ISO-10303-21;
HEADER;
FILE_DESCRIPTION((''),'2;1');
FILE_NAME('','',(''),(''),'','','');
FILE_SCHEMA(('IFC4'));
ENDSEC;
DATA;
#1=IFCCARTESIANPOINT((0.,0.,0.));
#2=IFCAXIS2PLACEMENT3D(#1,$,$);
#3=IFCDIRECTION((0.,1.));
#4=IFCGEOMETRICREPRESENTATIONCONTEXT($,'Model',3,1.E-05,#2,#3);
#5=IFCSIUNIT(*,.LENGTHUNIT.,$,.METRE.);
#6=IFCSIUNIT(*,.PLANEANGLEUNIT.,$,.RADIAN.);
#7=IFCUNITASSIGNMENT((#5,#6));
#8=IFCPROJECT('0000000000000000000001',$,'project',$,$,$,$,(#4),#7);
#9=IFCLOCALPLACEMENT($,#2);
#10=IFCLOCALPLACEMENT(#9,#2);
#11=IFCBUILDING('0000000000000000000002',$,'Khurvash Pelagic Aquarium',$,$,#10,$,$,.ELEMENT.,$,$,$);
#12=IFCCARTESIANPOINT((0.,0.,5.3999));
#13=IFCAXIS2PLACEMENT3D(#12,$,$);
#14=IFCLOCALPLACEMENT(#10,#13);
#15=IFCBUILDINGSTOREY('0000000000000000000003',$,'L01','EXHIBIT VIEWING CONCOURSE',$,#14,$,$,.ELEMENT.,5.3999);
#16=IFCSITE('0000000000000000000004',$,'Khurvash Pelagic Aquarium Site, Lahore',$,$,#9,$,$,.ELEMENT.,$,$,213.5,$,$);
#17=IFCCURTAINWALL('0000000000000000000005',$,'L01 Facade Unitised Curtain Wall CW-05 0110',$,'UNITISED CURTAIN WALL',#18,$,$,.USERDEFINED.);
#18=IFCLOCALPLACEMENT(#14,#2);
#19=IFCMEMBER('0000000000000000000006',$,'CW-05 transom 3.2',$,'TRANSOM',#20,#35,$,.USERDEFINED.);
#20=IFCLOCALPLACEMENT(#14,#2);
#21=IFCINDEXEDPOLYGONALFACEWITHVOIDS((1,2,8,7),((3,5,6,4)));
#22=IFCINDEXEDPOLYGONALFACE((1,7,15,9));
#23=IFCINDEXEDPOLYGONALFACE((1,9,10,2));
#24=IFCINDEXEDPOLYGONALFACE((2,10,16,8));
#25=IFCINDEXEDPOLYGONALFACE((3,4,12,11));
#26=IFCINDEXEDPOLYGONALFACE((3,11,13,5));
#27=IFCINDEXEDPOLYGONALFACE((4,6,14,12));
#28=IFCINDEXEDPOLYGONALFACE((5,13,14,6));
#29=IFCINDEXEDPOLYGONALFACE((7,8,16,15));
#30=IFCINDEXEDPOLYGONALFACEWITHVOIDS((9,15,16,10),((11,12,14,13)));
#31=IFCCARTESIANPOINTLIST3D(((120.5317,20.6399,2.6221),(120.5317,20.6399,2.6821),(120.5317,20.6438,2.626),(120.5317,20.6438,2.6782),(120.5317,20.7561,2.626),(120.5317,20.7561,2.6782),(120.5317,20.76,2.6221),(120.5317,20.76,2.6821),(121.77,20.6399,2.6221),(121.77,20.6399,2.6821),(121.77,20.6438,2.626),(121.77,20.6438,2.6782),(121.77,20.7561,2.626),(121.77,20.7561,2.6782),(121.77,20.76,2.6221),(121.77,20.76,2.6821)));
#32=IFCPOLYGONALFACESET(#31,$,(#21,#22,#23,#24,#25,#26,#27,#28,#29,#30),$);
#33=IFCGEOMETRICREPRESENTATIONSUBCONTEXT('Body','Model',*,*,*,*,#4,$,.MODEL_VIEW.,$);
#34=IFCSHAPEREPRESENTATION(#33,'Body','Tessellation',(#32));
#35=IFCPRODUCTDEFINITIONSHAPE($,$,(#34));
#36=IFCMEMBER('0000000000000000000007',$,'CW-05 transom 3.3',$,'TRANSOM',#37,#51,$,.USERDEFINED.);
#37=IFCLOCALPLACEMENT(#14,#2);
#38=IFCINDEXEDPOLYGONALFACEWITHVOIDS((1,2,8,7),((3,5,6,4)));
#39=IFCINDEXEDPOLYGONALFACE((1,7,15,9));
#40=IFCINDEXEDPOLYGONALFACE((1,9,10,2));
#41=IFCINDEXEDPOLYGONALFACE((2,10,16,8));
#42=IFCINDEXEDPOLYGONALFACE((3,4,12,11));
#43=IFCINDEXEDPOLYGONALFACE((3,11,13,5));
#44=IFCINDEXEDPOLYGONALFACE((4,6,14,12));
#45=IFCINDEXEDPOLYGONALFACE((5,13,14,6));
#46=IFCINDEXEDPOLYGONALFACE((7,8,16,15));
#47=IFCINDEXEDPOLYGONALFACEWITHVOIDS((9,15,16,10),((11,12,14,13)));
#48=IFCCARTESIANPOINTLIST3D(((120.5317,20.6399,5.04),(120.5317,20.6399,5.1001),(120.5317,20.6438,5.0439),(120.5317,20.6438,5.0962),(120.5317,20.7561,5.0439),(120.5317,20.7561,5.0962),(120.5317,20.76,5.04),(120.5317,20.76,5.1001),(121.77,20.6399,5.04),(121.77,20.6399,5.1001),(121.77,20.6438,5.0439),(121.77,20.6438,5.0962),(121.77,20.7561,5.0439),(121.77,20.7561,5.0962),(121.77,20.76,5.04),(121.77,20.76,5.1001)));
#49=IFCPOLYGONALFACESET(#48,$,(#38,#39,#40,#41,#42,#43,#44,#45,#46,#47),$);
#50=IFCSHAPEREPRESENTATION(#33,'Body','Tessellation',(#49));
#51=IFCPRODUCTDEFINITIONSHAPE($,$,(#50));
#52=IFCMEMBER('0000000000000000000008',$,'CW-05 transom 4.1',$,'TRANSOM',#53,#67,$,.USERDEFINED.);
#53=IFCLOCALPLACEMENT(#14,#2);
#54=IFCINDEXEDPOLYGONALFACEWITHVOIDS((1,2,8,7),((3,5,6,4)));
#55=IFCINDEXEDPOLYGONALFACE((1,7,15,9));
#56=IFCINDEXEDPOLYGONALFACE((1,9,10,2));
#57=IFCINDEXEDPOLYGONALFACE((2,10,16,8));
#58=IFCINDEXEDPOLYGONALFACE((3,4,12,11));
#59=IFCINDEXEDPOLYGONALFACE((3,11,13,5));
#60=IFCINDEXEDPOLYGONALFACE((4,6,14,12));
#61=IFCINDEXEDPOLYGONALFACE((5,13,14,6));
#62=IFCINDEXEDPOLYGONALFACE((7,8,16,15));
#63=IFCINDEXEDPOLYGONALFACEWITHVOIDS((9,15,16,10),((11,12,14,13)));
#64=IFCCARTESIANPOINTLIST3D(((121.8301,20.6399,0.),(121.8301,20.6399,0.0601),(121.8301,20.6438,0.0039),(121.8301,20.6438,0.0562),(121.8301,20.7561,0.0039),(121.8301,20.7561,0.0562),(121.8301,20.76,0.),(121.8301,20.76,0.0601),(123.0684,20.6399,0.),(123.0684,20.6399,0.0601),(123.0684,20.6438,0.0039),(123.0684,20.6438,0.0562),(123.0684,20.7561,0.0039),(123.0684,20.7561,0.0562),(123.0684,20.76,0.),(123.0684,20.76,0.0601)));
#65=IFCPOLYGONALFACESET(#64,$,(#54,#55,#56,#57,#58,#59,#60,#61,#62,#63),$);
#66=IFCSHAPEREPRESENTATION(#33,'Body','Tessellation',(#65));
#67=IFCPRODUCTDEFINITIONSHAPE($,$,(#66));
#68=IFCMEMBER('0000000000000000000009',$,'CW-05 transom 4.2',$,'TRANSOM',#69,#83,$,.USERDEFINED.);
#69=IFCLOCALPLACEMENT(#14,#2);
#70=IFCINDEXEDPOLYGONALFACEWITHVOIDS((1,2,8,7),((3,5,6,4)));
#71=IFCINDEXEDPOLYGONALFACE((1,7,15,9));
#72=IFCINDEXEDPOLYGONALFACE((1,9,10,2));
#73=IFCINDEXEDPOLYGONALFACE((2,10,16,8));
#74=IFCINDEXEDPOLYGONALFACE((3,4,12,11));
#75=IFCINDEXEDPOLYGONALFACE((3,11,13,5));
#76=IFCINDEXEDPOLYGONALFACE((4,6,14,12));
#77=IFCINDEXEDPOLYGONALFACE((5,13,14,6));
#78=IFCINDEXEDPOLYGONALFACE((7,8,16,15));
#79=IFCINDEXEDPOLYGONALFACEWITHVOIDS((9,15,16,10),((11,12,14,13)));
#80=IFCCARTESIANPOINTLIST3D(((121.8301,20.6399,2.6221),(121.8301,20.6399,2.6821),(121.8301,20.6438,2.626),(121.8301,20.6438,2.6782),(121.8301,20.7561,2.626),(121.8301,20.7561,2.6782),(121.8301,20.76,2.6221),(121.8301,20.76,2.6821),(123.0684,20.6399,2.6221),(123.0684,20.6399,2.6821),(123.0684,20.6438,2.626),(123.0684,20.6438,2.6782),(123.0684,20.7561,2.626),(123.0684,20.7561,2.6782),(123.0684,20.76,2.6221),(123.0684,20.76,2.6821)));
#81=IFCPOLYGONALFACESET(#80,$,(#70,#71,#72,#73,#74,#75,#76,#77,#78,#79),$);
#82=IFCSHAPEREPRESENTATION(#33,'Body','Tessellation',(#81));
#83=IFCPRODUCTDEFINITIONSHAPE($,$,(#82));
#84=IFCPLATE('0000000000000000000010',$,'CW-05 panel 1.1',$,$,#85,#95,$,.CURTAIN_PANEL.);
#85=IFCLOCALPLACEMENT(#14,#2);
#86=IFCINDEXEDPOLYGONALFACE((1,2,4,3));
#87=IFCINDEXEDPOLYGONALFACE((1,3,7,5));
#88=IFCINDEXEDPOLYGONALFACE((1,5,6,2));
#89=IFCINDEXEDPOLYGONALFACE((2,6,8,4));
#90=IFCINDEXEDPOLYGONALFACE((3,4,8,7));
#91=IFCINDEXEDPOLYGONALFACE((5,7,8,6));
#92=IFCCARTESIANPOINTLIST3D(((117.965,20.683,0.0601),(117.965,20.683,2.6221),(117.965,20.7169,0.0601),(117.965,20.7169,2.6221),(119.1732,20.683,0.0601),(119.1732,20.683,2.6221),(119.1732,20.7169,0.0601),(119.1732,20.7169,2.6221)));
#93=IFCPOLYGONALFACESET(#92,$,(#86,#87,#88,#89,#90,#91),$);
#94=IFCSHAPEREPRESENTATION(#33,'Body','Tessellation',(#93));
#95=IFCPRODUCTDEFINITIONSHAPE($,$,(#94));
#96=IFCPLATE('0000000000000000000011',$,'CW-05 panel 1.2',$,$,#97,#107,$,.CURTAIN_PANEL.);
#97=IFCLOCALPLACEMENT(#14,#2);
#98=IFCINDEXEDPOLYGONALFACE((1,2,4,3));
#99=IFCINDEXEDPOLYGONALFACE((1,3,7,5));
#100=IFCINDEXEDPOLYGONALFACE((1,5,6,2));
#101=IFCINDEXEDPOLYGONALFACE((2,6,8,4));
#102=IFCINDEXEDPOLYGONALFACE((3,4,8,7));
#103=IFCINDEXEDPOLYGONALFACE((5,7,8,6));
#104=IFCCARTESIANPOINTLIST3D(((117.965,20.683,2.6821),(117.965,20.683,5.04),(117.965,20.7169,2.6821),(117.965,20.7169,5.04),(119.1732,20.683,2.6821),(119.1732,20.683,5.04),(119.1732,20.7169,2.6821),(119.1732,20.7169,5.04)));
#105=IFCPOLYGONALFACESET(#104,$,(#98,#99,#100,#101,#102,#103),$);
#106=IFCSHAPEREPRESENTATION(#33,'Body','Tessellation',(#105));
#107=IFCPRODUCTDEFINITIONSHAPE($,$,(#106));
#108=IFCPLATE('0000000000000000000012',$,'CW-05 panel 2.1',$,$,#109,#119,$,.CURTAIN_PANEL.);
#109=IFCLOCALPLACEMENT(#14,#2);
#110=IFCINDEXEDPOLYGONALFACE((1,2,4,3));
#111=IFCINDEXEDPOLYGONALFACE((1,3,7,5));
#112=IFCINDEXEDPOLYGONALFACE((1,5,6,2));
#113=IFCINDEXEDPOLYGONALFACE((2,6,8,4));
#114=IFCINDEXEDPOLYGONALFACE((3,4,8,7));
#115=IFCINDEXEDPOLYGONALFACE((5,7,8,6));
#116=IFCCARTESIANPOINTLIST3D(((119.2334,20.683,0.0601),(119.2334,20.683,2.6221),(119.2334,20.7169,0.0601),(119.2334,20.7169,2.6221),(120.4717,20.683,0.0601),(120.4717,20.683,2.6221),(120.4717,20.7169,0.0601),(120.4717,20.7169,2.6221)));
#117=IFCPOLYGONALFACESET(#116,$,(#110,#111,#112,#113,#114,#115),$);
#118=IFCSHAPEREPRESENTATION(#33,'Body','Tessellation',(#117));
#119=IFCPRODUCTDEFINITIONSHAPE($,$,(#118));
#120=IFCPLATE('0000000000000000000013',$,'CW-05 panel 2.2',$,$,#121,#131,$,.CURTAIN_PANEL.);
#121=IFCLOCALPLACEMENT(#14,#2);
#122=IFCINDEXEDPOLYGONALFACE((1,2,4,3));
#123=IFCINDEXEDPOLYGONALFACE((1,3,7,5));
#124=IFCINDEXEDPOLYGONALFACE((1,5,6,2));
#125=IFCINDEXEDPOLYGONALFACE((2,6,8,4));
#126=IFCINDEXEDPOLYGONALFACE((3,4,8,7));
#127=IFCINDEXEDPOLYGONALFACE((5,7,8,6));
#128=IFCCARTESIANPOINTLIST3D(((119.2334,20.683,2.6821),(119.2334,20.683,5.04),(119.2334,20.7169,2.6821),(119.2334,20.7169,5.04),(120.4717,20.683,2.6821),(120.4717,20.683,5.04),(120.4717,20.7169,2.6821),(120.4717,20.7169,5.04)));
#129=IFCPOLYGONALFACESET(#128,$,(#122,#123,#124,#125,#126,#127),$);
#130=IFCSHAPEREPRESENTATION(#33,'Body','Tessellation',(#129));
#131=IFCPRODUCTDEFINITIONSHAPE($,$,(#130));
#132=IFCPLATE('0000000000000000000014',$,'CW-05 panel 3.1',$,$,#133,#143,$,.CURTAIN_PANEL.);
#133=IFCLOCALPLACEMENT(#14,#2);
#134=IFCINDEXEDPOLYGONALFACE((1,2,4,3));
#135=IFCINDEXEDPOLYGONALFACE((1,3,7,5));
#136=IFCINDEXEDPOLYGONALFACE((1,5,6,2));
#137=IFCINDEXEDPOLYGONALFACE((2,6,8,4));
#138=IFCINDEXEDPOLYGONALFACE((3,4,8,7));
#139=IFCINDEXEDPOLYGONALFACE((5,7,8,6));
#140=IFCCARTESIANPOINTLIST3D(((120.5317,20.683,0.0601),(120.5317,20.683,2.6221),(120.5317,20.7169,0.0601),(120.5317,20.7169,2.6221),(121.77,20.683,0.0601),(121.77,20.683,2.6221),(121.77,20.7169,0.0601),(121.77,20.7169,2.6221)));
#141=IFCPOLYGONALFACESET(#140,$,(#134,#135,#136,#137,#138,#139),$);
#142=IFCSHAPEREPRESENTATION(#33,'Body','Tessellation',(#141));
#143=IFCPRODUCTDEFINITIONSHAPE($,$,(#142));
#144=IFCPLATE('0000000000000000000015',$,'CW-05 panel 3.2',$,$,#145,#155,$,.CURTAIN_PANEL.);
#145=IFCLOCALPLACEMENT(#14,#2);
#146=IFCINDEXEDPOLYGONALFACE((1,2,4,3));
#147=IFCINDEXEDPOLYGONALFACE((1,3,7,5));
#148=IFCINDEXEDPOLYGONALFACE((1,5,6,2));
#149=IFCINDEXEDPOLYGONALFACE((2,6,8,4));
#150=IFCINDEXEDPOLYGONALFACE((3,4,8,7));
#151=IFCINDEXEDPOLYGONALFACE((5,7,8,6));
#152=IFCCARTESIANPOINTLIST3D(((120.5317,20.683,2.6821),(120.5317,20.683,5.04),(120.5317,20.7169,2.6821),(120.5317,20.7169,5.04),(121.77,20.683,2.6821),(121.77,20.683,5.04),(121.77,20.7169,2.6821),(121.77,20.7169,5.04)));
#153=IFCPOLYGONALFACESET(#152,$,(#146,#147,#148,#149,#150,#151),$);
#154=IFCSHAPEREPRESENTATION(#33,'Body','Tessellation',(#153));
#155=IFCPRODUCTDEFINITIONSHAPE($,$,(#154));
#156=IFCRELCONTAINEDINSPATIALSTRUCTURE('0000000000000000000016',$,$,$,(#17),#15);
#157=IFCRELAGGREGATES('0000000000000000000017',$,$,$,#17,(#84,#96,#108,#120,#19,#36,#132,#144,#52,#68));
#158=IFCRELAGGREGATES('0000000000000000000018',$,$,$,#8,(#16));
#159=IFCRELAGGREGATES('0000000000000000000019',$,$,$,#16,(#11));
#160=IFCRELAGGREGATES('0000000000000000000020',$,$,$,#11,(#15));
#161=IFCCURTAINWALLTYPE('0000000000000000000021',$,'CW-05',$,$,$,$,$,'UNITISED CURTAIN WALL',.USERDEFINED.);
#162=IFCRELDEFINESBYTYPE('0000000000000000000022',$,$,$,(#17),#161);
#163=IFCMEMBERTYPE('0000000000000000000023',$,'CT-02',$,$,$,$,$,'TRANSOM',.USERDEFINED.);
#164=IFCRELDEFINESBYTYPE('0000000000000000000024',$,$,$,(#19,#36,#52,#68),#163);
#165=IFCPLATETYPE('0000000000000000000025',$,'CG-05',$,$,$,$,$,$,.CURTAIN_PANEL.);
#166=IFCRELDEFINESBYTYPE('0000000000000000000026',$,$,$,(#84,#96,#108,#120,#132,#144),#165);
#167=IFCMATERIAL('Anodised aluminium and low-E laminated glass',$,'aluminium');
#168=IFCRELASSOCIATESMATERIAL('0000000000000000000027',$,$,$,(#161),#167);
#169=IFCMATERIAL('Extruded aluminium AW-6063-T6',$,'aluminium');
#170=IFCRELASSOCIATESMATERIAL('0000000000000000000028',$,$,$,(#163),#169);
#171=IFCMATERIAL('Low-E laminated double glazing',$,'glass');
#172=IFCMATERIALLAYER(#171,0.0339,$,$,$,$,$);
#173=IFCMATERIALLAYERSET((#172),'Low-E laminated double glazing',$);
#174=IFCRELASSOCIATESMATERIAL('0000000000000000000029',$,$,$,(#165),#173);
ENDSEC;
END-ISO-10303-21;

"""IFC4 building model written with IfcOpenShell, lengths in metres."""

from ifc_helpers import new_model, si_unit, direction, frame, origin, origin_2d, place, context, subcontext, project, spatial, rectangle, hollow_rectangle, extrude, material, layer, layer_set, material_profile, profile_set, type_object, element, aggregate, save


model = new_model("IFC4")

# Units and contexts
model_context = context("Model", 3, precision=1e-05, world=origin(), true_north=direction((0.0, 1.0)))
body_context = subcontext(model_context, "Body", "Model", "MODEL_VIEW")
ifc_project = project(units=[si_unit("LENGTHUNIT", "METRE"), si_unit("PLANEANGLEUNIT", "RADIAN")], contexts=[model_context])

# Site, building, storey
site_placement = place(None, origin())
site = spatial("IfcSite", under=ifc_project, at=site_placement, Name="Khurvash Pelagic Aquarium Site, Lahore", CompositionType="ELEMENT", RefElevation=213.5)
building_placement = place(site_placement, origin())
building = spatial("IfcBuilding", under=site, at=building_placement, Name="Khurvash Pelagic Aquarium", CompositionType="ELEMENT")
storey_placement = place(building_placement, frame((0.0, 0.0, 5.3999)))
storey = spatial("IfcBuildingStorey", under=building, at=storey_placement, Name="L01", Description="EXHIBIT VIEWING CONCOURSE", CompositionType="ELEMENT", Elevation=5.3999)

# Curtain wall, members, plates
ifc_material_1 = material(Name="Anodised aluminium and low-E laminated glass", Category="aluminium")
curtain_wall_type = type_object("IfcCurtainWallType", Name="CW-05", ElementType="UNITISED CURTAIN WALL", PredefinedType="USERDEFINED", material=ifc_material_1)
curtain_wall_placement = place(storey_placement, origin())
curtain_wall = element("IfcCurtainWall", 1, at=curtain_wall_placement, inside=storey, type_object=curtain_wall_type, Name="L01 Facade Unitised Curtain Wall CW-05 0110", ObjectType="UNITISED CURTAIN WALL", PredefinedType="USERDEFINED")
ifc_material_2 = material(Name="Extruded aluminium AW-6063-T6", Category="aluminium")
ifc_material_profile_1 = material_profile(ifc_material_2, hollow_rectangle(XDim=0.1201, YDim=0.0601, WallThickness=0.0039, at=origin_2d()), Name="CWT120X60X4")
ifc_profile_set_1 = profile_set([ifc_material_profile_1], Name="Extruded aluminium AW-6063-T6")
member_type_1 = type_object("IfcMemberType", Name="CT-02", ElementType="TRANSOM", PredefinedType="USERDEFINED", material=ifc_profile_set_1)
member_1_placement = place(storey_placement, frame((120.5317, 20.7, 2.6521), z_axis=(1.0, 0.0, 0.0), x_axis=(0.0, 1.0, 0.0)))
member_1 = element("IfcMember", 2, at=member_1_placement, type_object=member_type_1, Name="CW-05 transom 3.2", ObjectType="TRANSOM", PredefinedType="USERDEFINED", context=body_context, shape_type="SweptSolid", body=[
    extrude(hollow_rectangle(XDim=0.1201, YDim=0.0601, WallThickness=0.0039, at=origin_2d()), origin(), (0.0, 0.0, 1.0), 1.2383),
])
member_2_placement = place(storey_placement, frame((120.5317, 20.7, 5.0701), z_axis=(1.0, 0.0, 0.0), x_axis=(0.0, 1.0, 0.0)))
member_2 = element("IfcMember", 3, at=member_2_placement, type_object=member_type_1, Name="CW-05 transom 3.3", ObjectType="TRANSOM", PredefinedType="USERDEFINED", context=body_context, shape_type="SweptSolid", body=[
    extrude(hollow_rectangle(XDim=0.1201, YDim=0.0601, WallThickness=0.0039, at=origin_2d()), origin(), (0.0, 0.0, 1.0), 1.2383),
])
member_3_placement = place(storey_placement, frame((121.8301, 20.7, 0.03), z_axis=(1.0, 0.0, 0.0), x_axis=(0.0, 1.0, 0.0)))
member_3 = element("IfcMember", 4, at=member_3_placement, type_object=member_type_1, Name="CW-05 transom 4.1", ObjectType="TRANSOM", PredefinedType="USERDEFINED", context=body_context, shape_type="SweptSolid", body=[
    extrude(hollow_rectangle(XDim=0.1201, YDim=0.0601, WallThickness=0.0039, at=origin_2d()), origin(), (0.0, 0.0, 1.0), 1.2383),
])
member_4_placement = place(storey_placement, frame((121.8301, 20.7, 2.6521), z_axis=(1.0, 0.0, 0.0), x_axis=(0.0, 1.0, 0.0)))
member_4 = element("IfcMember", 5, at=member_4_placement, type_object=member_type_1, Name="CW-05 transom 4.2", ObjectType="TRANSOM", PredefinedType="USERDEFINED", context=body_context, shape_type="SweptSolid", body=[
    extrude(hollow_rectangle(XDim=0.1201, YDim=0.0601, WallThickness=0.0039, at=origin_2d()), origin(), (0.0, 0.0, 1.0), 1.2383),
])
ifc_material_3 = material(Name="Low-E laminated double glazing", Category="glass")
ifc_layer = layer(ifc_material_3, 0.0339)
ifc_layer_set = layer_set([ifc_layer], Name="Low-E laminated double glazing")
plate_type = type_object("IfcPlateType", Name="CG-05", PredefinedType="CURTAIN_PANEL", material=ifc_layer_set)
plate_1_placement = place(storey_placement, frame((118.5691, 20.7, 0.0601), z_axis=(0.0, 0.0, 1.0), x_axis=(1.0, 0.0, 0.0)))
plate_1 = element("IfcPlate", 6, at=plate_1_placement, type_object=plate_type, Name="CW-05 panel 1.1", PredefinedType="CURTAIN_PANEL", context=body_context, shape_type="SweptSolid", body=[
    extrude(rectangle(XDim=1.2083, YDim=0.0339, at=origin_2d()), origin(), (0.0, 0.0, 1.0), 2.562),
])
plate_2_placement = place(storey_placement, frame((118.5691, 20.7, 2.6821), z_axis=(0.0, 0.0, 1.0), x_axis=(1.0, 0.0, 0.0)))
plate_2 = element("IfcPlate", 7, at=plate_2_placement, type_object=plate_type, Name="CW-05 panel 1.2", PredefinedType="CURTAIN_PANEL", context=body_context, shape_type="SweptSolid", body=[
    extrude(rectangle(XDim=1.2083, YDim=0.0339, at=origin_2d()), origin(), (0.0, 0.0, 1.0), 2.3579),
])
plate_3_placement = place(storey_placement, frame((119.8525, 20.7, 0.0601), z_axis=(0.0, 0.0, 1.0), x_axis=(1.0, 0.0, 0.0)))
plate_3 = element("IfcPlate", 8, at=plate_3_placement, type_object=plate_type, Name="CW-05 panel 2.1", PredefinedType="CURTAIN_PANEL", context=body_context, shape_type="SweptSolid", body=[
    extrude(rectangle(XDim=1.2383, YDim=0.0339, at=origin_2d()), origin(), (0.0, 0.0, 1.0), 2.562),
])
plate_4_placement = place(storey_placement, frame((119.8525, 20.7, 2.6821), z_axis=(0.0, 0.0, 1.0), x_axis=(1.0, 0.0, 0.0)))
plate_4 = element("IfcPlate", 9, at=plate_4_placement, type_object=plate_type, Name="CW-05 panel 2.2", PredefinedType="CURTAIN_PANEL", context=body_context, shape_type="SweptSolid", body=[
    extrude(rectangle(XDim=1.2383, YDim=0.0339, at=origin_2d()), origin(), (0.0, 0.0, 1.0), 2.3579),
])
plate_5_placement = place(storey_placement, frame((121.1509, 20.7, 0.0601), z_axis=(0.0, 0.0, 1.0), x_axis=(1.0, 0.0, 0.0)))
plate_5 = element("IfcPlate", 10, at=plate_5_placement, type_object=plate_type, Name="CW-05 panel 3.1", PredefinedType="CURTAIN_PANEL", context=body_context, shape_type="SweptSolid", body=[
    extrude(rectangle(XDim=1.2383, YDim=0.0339, at=origin_2d()), origin(), (0.0, 0.0, 1.0), 2.562),
])
plate_6_placement = place(storey_placement, frame((121.1509, 20.7, 2.6821), z_axis=(0.0, 0.0, 1.0), x_axis=(1.0, 0.0, 0.0)))
plate_6 = element("IfcPlate", 11, at=plate_6_placement, type_object=plate_type, Name="CW-05 panel 3.2", PredefinedType="CURTAIN_PANEL", context=body_context, shape_type="SweptSolid", body=[
    extrude(rectangle(XDim=1.2383, YDim=0.0339, at=origin_2d()), origin(), (0.0, 0.0, 1.0), 2.3579),
])
aggregate(curtain_wall, [plate_1, plate_2, plate_3, plate_4, member_1, member_2, plate_5, plate_6, member_3, member_4])

save(model, "model.ifc")
